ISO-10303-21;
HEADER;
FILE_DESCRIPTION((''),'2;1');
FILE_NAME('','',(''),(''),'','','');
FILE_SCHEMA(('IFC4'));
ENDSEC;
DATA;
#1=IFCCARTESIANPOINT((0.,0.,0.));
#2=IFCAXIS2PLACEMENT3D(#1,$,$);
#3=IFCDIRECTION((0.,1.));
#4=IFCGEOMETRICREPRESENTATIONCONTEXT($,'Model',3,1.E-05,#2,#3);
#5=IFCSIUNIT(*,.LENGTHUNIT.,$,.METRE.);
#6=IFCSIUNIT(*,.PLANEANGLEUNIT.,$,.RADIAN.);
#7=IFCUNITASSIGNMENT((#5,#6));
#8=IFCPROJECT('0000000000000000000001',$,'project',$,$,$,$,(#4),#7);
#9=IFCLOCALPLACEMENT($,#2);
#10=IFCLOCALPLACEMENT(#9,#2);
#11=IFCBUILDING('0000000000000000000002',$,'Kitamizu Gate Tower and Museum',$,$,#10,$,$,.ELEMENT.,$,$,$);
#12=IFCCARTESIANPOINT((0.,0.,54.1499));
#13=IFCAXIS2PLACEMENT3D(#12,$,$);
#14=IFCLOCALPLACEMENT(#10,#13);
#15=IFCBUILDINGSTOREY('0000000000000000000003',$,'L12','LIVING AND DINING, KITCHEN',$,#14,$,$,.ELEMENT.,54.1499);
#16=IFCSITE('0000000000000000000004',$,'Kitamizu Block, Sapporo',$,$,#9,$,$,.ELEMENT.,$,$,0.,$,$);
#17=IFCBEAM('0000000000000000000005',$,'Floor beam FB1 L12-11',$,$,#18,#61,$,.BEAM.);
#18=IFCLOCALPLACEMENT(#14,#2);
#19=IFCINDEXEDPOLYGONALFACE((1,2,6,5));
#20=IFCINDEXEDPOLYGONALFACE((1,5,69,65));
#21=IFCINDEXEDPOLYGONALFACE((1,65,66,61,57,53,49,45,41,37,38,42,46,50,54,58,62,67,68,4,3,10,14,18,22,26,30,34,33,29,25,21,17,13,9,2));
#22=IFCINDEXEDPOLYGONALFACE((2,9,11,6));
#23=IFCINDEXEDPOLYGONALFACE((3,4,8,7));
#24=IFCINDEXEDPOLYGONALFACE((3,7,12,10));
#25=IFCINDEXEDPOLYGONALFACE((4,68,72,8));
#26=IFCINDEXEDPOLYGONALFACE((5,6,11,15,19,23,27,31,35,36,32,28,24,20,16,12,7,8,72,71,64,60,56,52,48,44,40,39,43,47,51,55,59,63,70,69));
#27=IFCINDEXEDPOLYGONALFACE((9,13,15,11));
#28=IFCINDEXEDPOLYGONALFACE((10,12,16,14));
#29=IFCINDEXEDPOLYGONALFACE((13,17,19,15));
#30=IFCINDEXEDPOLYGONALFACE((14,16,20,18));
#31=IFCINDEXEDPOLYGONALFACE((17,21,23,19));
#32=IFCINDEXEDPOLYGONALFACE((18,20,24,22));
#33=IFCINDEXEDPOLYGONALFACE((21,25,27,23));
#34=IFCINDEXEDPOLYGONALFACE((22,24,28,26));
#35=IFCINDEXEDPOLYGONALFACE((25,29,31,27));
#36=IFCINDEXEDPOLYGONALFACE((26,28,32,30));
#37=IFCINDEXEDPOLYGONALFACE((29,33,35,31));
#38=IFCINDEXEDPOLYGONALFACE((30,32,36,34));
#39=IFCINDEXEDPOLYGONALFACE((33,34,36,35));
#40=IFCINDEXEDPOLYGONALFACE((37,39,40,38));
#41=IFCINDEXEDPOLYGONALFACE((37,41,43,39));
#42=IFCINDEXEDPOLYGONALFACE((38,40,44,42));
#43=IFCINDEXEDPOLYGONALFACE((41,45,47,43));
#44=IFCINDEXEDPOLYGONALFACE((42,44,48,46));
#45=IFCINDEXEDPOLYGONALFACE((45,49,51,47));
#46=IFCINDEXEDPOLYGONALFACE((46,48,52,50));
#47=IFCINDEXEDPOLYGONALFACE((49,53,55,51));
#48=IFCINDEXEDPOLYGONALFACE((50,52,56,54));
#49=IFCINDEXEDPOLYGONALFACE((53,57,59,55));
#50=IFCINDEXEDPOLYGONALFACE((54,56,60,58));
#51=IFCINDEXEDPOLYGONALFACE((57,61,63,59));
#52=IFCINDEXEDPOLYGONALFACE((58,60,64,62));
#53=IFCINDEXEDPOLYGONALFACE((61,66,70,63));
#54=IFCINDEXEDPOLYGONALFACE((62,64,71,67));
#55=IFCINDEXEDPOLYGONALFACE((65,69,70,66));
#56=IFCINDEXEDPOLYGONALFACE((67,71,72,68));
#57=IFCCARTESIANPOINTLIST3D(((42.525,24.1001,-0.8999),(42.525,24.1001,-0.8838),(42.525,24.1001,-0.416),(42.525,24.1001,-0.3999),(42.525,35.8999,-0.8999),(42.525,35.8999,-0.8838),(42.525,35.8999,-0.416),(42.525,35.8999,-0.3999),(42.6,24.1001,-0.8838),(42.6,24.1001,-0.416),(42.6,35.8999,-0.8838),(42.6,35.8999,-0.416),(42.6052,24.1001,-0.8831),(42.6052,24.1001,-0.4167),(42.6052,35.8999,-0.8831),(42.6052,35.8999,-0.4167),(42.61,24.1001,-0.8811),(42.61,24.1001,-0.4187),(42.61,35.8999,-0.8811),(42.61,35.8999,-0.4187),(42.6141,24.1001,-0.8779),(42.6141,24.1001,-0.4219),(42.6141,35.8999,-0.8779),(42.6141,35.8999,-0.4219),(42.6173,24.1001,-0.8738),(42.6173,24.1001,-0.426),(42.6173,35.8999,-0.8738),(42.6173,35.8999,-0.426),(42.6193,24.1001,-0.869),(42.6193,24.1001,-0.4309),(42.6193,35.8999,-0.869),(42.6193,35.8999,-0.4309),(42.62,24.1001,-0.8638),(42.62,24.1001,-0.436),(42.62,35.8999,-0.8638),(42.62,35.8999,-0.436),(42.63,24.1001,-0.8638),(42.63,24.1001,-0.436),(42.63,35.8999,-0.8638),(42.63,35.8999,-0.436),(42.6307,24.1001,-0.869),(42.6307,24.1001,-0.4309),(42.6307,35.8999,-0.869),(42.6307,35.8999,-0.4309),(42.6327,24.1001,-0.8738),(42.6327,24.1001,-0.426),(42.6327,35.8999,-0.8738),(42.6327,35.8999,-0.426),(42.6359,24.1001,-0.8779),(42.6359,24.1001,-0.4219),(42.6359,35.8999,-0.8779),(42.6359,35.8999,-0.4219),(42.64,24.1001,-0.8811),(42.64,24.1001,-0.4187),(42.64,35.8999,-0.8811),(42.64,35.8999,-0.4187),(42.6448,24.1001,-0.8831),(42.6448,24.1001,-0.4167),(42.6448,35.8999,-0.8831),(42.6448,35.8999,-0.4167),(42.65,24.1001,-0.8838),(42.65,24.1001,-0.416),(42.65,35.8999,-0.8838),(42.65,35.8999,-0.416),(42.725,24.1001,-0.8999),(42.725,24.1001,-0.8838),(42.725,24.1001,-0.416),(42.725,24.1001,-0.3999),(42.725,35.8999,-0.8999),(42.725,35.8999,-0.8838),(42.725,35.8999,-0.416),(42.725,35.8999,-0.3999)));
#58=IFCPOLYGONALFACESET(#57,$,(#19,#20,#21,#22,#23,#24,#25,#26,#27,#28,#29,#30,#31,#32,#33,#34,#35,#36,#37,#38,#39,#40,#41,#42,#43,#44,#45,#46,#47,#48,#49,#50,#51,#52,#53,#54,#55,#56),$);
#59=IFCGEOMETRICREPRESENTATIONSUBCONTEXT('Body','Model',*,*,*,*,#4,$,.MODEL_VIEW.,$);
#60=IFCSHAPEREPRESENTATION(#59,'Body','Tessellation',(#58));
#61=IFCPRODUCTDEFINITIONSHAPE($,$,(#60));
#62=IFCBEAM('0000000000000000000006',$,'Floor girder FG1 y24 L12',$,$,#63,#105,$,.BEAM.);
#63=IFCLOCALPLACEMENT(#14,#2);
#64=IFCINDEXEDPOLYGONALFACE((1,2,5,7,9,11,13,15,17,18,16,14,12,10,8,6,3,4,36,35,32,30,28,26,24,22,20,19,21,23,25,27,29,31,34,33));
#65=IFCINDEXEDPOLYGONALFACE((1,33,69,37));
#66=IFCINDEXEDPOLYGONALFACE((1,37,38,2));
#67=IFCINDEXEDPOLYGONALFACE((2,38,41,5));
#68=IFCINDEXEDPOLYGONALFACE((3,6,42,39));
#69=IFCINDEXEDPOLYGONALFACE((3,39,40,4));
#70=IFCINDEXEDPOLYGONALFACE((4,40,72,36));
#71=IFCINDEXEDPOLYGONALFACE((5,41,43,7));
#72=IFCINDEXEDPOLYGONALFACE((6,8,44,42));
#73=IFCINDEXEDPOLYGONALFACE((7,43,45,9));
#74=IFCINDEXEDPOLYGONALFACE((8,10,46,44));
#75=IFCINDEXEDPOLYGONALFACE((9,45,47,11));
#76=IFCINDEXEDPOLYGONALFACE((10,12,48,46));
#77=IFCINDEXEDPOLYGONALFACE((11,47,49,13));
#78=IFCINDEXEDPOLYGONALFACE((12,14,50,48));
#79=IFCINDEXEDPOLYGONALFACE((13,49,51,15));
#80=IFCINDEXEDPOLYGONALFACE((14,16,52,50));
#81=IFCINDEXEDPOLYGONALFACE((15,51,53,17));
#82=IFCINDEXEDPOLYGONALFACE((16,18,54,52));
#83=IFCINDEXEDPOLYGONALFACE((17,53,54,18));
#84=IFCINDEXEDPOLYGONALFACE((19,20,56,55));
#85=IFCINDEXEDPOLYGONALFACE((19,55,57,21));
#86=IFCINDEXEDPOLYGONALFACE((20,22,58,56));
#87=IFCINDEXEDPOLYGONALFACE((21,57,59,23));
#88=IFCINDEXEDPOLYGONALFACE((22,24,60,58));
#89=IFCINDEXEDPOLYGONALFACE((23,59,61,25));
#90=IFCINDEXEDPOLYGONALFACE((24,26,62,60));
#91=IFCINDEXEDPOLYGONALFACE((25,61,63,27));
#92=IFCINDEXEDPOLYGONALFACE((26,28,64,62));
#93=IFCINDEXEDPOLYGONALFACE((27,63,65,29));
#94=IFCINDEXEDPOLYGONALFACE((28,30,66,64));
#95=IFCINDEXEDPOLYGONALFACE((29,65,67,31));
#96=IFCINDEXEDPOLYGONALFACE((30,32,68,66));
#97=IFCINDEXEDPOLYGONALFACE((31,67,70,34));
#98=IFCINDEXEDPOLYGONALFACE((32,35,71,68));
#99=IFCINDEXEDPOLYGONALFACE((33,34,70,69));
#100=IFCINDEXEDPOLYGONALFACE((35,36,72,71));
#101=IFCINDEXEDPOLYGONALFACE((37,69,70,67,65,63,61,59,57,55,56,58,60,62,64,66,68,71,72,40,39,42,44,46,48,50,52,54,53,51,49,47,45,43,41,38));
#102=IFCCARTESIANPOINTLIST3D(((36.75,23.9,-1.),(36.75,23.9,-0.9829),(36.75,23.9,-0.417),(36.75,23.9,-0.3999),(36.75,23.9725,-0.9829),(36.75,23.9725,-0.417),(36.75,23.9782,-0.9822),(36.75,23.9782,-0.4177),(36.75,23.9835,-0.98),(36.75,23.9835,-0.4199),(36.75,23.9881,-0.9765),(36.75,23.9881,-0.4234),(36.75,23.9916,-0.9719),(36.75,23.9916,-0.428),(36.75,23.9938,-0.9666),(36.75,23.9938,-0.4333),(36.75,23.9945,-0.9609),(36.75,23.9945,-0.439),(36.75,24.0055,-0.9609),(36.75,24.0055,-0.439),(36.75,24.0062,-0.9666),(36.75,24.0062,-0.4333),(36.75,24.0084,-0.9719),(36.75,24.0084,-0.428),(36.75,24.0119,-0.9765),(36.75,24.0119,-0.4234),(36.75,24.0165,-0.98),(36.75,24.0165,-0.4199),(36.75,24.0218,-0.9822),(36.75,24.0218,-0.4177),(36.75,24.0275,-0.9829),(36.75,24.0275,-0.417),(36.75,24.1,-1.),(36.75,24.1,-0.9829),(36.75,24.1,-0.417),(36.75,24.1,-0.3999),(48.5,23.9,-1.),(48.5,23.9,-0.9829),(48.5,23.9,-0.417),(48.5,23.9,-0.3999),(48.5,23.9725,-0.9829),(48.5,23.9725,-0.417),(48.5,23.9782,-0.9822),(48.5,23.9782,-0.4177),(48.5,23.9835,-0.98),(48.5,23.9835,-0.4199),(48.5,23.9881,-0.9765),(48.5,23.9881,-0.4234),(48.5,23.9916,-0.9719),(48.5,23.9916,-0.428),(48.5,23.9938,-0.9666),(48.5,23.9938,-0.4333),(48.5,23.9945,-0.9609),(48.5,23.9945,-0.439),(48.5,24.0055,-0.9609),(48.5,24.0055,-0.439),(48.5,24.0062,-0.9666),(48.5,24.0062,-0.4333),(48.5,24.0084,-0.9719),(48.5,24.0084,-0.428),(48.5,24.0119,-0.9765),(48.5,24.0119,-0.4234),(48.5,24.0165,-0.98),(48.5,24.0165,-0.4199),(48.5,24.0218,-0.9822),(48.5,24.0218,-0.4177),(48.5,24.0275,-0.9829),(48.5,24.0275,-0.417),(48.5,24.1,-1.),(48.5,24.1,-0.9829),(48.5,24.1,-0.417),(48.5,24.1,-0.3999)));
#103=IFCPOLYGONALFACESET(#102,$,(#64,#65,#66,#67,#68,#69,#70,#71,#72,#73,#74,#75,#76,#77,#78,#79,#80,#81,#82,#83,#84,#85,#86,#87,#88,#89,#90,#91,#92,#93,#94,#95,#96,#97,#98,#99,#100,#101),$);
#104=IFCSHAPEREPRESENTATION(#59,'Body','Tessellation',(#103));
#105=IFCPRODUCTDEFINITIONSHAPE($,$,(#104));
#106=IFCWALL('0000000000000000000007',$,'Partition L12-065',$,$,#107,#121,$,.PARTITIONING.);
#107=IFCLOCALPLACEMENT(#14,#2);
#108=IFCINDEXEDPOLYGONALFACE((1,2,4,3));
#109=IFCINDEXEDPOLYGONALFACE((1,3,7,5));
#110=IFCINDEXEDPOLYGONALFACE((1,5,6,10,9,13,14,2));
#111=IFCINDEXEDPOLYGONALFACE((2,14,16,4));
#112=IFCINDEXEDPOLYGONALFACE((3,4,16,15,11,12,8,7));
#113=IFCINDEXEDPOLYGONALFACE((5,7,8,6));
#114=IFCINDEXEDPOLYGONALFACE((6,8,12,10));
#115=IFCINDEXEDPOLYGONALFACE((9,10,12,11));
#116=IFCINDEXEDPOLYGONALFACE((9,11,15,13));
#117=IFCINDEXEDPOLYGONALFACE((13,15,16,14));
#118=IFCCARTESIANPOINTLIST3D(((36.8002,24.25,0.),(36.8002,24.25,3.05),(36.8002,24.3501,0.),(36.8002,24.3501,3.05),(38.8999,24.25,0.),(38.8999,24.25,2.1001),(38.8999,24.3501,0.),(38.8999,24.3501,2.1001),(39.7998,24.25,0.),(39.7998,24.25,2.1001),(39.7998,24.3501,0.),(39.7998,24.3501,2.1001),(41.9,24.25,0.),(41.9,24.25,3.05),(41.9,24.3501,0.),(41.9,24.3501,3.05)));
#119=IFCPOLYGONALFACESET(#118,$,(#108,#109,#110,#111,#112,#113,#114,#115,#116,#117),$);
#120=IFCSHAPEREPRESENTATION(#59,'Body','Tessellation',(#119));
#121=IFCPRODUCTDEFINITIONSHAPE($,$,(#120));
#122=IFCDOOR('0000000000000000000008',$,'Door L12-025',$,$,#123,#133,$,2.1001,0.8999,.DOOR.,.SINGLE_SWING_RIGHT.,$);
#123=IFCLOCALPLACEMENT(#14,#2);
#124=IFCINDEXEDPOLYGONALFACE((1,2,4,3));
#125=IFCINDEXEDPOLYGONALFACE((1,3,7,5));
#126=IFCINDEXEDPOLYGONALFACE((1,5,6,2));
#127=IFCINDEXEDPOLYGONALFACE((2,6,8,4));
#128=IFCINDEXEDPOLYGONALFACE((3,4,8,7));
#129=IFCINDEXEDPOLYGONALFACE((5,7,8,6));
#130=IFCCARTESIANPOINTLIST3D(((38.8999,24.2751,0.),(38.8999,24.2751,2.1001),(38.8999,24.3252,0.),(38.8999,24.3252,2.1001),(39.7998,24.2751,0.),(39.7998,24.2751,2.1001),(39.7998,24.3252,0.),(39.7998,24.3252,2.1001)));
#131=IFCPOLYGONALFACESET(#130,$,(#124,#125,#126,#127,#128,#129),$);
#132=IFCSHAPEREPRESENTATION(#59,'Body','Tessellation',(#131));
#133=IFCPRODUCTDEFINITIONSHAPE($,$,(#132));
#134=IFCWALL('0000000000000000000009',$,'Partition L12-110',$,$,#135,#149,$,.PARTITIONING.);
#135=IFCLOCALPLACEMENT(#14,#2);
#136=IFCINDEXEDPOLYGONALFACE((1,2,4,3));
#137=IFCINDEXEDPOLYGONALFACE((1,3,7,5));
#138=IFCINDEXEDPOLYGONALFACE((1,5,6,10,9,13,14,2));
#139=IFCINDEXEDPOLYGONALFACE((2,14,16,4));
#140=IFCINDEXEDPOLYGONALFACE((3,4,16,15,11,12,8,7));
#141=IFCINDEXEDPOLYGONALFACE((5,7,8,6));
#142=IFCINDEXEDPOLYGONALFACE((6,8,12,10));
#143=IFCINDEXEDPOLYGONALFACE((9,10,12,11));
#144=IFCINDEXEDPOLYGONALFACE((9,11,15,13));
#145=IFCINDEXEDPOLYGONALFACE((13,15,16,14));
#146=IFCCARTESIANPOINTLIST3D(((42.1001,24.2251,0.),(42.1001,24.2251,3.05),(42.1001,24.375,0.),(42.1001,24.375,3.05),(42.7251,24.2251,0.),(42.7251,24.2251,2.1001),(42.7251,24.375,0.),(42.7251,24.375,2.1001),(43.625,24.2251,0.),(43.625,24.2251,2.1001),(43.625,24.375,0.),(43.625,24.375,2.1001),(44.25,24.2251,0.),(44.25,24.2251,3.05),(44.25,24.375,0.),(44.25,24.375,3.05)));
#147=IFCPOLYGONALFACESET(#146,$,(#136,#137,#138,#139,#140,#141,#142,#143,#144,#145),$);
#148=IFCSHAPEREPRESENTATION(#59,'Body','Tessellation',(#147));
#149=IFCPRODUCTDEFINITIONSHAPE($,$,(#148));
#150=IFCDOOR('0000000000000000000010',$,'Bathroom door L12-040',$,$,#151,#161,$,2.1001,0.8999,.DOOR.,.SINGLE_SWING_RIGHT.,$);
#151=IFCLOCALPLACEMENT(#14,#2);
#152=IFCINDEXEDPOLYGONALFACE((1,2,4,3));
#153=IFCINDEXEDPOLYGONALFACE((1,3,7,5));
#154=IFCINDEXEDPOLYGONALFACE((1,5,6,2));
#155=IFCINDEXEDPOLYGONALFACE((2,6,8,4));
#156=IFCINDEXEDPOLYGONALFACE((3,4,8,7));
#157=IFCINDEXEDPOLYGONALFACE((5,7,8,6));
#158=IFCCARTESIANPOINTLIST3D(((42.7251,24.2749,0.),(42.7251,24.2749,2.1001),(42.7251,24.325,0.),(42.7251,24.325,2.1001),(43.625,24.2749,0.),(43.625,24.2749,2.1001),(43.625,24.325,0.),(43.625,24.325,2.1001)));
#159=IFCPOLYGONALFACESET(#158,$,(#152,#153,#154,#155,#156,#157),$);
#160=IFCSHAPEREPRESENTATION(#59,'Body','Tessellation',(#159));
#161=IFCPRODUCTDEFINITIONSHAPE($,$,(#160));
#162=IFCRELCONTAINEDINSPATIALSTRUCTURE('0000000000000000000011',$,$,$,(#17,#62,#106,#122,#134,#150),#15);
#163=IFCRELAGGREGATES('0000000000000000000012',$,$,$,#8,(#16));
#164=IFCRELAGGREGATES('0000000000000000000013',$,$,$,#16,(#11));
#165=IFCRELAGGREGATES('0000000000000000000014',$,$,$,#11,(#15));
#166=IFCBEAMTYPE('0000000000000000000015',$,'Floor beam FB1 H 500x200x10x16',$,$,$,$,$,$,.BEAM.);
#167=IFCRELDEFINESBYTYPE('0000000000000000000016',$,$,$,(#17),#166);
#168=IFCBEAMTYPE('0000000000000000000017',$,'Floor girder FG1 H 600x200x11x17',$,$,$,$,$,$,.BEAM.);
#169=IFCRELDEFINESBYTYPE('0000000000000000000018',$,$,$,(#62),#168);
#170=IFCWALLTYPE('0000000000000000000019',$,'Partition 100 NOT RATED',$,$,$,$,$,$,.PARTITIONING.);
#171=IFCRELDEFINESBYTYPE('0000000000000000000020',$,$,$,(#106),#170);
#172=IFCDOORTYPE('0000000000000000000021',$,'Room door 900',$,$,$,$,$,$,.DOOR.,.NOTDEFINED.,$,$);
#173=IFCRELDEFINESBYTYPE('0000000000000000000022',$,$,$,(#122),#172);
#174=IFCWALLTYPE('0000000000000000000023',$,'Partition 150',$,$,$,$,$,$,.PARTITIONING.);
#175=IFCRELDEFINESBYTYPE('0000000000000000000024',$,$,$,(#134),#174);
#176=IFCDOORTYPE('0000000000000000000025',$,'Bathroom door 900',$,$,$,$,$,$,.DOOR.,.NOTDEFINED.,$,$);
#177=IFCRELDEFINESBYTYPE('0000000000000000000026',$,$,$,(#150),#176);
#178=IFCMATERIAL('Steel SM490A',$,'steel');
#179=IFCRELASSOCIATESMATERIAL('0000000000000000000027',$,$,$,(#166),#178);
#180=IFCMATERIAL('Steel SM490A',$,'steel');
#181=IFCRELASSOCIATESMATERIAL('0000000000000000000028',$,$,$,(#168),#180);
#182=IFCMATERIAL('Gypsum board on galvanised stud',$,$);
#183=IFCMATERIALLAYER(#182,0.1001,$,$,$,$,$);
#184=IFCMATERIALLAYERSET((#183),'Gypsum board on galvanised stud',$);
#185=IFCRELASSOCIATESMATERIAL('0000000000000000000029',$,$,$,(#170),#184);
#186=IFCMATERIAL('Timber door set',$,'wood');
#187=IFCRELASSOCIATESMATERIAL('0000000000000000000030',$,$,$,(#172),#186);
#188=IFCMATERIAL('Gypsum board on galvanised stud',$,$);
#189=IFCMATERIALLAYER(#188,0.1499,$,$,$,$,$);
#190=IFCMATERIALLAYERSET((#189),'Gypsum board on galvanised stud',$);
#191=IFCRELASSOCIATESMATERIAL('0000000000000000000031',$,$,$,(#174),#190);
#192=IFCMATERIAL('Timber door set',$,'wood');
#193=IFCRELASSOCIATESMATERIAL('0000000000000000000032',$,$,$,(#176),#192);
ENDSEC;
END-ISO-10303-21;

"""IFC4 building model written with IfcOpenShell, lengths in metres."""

from ifc_helpers import new_model, si_unit, direction, frame, frame_2d, origin, origin_2d, place, context, subcontext, project, spatial, rectangle, i_section, extrude, material, layer, layer_set, material_profile, profile_set, type_object, element, fill, save


model = new_model("IFC4")

# Units and contexts
model_context = context("Model", 3, precision=1e-05, world=origin(), true_north=direction((0.0, 1.0)))
body_context = subcontext(model_context, "Body", "Model", "MODEL_VIEW")
ifc_project = project(units=[si_unit("LENGTHUNIT", "METRE"), si_unit("PLANEANGLEUNIT", "RADIAN")], contexts=[model_context])

# Site, building, storey
site_placement = place(None, origin())
site = spatial("IfcSite", under=ifc_project, at=site_placement, Name="Kitamizu Block, Sapporo", CompositionType="ELEMENT", RefElevation=0.0)
building_placement = place(site_placement, origin())
building = spatial("IfcBuilding", under=site, at=building_placement, Name="Kitamizu Gate Tower and Museum", CompositionType="ELEMENT")
storey_placement = place(building_placement, frame((0.0, 0.0, 54.1499)))
storey = spatial("IfcBuildingStorey", under=building, at=storey_placement, Name="L12", Description="LIVING AND DINING, KITCHEN", CompositionType="ELEMENT", Elevation=54.1499)

# Beams
ifc_material_1 = material(Name="Steel SM490A", Category="steel")
ifc_material_profile_1 = material_profile(ifc_material_1, i_section(OverallWidth=0.2, OverallDepth=0.5, WebThickness=0.01, FlangeThickness=0.0161, FilletRadius=0.02, at=origin_2d()), Name="H-500x200x10x16")
ifc_profile_set_1 = profile_set([ifc_material_profile_1], Name="Steel SM490A")
beam_type_1 = type_object("IfcBeamType", Name="Floor beam FB1 H 500x200x10x16", PredefinedType="BEAM", material=ifc_profile_set_1)
beam_1_placement = place(storey_placement, frame((42.625, 24.1001, -0.6499), z_axis=(0.0, 1.0, 0.0), x_axis=(-1.0, 0.0, 0.0)))
element("IfcBeam", 1, at=beam_1_placement, inside=storey, type_object=beam_type_1, Name="Floor beam FB1 L12-11", PredefinedType="BEAM", context=body_context, shape_type="SweptSolid", body=[
    extrude(i_section(OverallWidth=0.2, OverallDepth=0.5, WebThickness=0.01, FlangeThickness=0.0161, FilletRadius=0.02, at=origin_2d()), origin(), (0.0, 0.0, 1.0), 11.7998),
])
ifc_material_2 = material(Name="Steel SM490A", Category="steel")
ifc_material_profile_2 = material_profile(ifc_material_2, i_section(OverallWidth=0.2, OverallDepth=0.6001, WebThickness=0.011, FlangeThickness=0.0171, FilletRadius=0.022, at=origin_2d()), Name="H-600x200x11x17")
ifc_profile_set_2 = profile_set([ifc_material_profile_2], Name="Steel SM490A")
beam_type_2 = type_object("IfcBeamType", Name="Floor girder FG1 H 600x200x11x17", PredefinedType="BEAM", material=ifc_profile_set_2)
beam_2_placement = place(storey_placement, frame((36.75, 24.0, -0.7), z_axis=(1.0, 0.0, 0.0), x_axis=(0.0, 1.0, 0.0)))
element("IfcBeam", 2, at=beam_2_placement, inside=storey, type_object=beam_type_2, Name="Floor girder FG1 y24 L12", PredefinedType="BEAM", context=body_context, shape_type="SweptSolid", body=[
    extrude(i_section(OverallWidth=0.2, OverallDepth=0.6001, WebThickness=0.011, FlangeThickness=0.0171, FilletRadius=0.022, at=origin_2d()), origin(), (0.0, 0.0, 1.0), 11.75),
])

# Walls, openings, doors
ifc_material_3 = material(Name="Gypsum board on galvanised stud")
ifc_layer_1 = layer(ifc_material_3, 0.1001)
ifc_layer_set_1 = layer_set([ifc_layer_1], Name="Gypsum board on galvanised stud")
wall_type_1 = type_object("IfcWallType", Name="Partition 100 NOT RATED", PredefinedType="PARTITIONING", material=ifc_layer_set_1)
wall_1_placement = place(storey_placement, frame((41.8999, 24.3, 0.0), z_axis=(0.0, 0.0, 1.0), x_axis=(-1.0, 0.0, 0.0)))
wall_1 = element("IfcWall", 3, at=wall_1_placement, inside=storey, type_object=wall_type_1, Name="Partition L12-065", PredefinedType="PARTITIONING", context=body_context, shape_type="SweptSolid", body=[
    extrude(rectangle(XDim=5.0999, YDim=0.1001, at=frame_2d((2.5498, 0.0))), origin(), (0.0, 0.0, 1.0), 3.05),
])
opening_1_placement = place(wall_1_placement, frame((2.1001, 0.0, 0.0)))
opening_1 = element("IfcOpeningElement", 4, at=opening_1_placement, cuts=wall_1, PredefinedType="OPENING", context=body_context, shape_type="SweptSolid", body=[
    extrude(rectangle(XDim=0.8999, YDim=2.1001, at=frame_2d((0.45, 1.05))), frame((0.0, 0.0601, 0.0), z_axis=(0.0, -1.0, 0.0), x_axis=(1.0, 0.0, 0.0)), (0.0, 0.0, 1.0), 0.1201),
])
ifc_material_4 = material(Name="Timber door set", Category="wood")
door_type_1 = type_object("IfcDoorType", Name="Room door 900", OperationType="NOTDEFINED", PredefinedType="DOOR", material=ifc_material_4)
door_1_placement = place(opening_1_placement, origin())
door_1 = element("IfcDoor", 5, at=door_1_placement, inside=storey, type_object=door_type_1, Name="Door L12-025", OperationType="SINGLE_SWING_RIGHT", OverallHeight=2.1001, OverallWidth=0.8999, PredefinedType="DOOR", context=body_context, shape_type="SweptSolid", body=[
    extrude(rectangle(XDim=0.8999, YDim=2.1001, at=frame_2d((0.45, 1.05))), frame((0.0, 0.0249, 0.0), z_axis=(0.0, -1.0, 0.0), x_axis=(1.0, 0.0, 0.0)), (0.0, 0.0, 1.0), 0.05),
])
fill(opening_1, door_1)
ifc_material_5 = material(Name="Gypsum board on galvanised stud")
ifc_layer_2 = layer(ifc_material_5, 0.1499)
ifc_layer_set_2 = layer_set([ifc_layer_2], Name="Gypsum board on galvanised stud")
wall_type_2 = type_object("IfcWallType", Name="Partition 150", PredefinedType="PARTITIONING", material=ifc_layer_set_2)
wall_2_placement = place(storey_placement, frame((44.25, 24.3, 0.0), z_axis=(0.0, 0.0, 1.0), x_axis=(-1.0, 0.0, 0.0)))
wall_2 = element("IfcWall", 6, at=wall_2_placement, inside=storey, type_object=wall_type_2, Name="Partition L12-110", PredefinedType="PARTITIONING", context=body_context, shape_type="SweptSolid", body=[
    extrude(rectangle(XDim=2.1499, YDim=0.1499, at=frame_2d((1.075, 0.0))), origin(), (0.0, 0.0, 1.0), 3.05),
])
opening_2_placement = place(wall_2_placement, frame((0.625, 0.0, 0.0)))
opening_2 = element("IfcOpeningElement", 7, at=opening_2_placement, cuts=wall_2, PredefinedType="OPENING", context=body_context, shape_type="SweptSolid", body=[
    extrude(rectangle(XDim=0.8999, YDim=2.1001, at=frame_2d((0.45, 1.05))), frame((0.0, 0.085, 0.0), z_axis=(0.0, -1.0, 0.0), x_axis=(1.0, 0.0, 0.0)), (0.0, 0.0, 1.0), 0.1699),
])
ifc_material_6 = material(Name="Timber door set", Category="wood")
door_type_2 = type_object("IfcDoorType", Name="Bathroom door 900", OperationType="NOTDEFINED", PredefinedType="DOOR", material=ifc_material_6)
door_2_placement = place(opening_2_placement, frame((0.8999, 0.0, 0.0), x_axis=(-1.0, 0.0, 0.0)))
door_2 = element("IfcDoor", 8, at=door_2_placement, inside=storey, type_object=door_type_2, Name="Bathroom door L12-040", OperationType="SINGLE_SWING_RIGHT", OverallHeight=2.1001, OverallWidth=0.8999, PredefinedType="DOOR", context=body_context, shape_type="SweptSolid", body=[
    extrude(rectangle(XDim=0.8999, YDim=2.1001, at=frame_2d((0.45, 1.05))), frame((0.0, 0.0249, 0.0), z_axis=(0.0, -1.0, 0.0), x_axis=(1.0, 0.0, 0.0)), (0.0, 0.0, 1.0), 0.05),
])
fill(opening_2, door_2)

save(model, "model.ifc")
